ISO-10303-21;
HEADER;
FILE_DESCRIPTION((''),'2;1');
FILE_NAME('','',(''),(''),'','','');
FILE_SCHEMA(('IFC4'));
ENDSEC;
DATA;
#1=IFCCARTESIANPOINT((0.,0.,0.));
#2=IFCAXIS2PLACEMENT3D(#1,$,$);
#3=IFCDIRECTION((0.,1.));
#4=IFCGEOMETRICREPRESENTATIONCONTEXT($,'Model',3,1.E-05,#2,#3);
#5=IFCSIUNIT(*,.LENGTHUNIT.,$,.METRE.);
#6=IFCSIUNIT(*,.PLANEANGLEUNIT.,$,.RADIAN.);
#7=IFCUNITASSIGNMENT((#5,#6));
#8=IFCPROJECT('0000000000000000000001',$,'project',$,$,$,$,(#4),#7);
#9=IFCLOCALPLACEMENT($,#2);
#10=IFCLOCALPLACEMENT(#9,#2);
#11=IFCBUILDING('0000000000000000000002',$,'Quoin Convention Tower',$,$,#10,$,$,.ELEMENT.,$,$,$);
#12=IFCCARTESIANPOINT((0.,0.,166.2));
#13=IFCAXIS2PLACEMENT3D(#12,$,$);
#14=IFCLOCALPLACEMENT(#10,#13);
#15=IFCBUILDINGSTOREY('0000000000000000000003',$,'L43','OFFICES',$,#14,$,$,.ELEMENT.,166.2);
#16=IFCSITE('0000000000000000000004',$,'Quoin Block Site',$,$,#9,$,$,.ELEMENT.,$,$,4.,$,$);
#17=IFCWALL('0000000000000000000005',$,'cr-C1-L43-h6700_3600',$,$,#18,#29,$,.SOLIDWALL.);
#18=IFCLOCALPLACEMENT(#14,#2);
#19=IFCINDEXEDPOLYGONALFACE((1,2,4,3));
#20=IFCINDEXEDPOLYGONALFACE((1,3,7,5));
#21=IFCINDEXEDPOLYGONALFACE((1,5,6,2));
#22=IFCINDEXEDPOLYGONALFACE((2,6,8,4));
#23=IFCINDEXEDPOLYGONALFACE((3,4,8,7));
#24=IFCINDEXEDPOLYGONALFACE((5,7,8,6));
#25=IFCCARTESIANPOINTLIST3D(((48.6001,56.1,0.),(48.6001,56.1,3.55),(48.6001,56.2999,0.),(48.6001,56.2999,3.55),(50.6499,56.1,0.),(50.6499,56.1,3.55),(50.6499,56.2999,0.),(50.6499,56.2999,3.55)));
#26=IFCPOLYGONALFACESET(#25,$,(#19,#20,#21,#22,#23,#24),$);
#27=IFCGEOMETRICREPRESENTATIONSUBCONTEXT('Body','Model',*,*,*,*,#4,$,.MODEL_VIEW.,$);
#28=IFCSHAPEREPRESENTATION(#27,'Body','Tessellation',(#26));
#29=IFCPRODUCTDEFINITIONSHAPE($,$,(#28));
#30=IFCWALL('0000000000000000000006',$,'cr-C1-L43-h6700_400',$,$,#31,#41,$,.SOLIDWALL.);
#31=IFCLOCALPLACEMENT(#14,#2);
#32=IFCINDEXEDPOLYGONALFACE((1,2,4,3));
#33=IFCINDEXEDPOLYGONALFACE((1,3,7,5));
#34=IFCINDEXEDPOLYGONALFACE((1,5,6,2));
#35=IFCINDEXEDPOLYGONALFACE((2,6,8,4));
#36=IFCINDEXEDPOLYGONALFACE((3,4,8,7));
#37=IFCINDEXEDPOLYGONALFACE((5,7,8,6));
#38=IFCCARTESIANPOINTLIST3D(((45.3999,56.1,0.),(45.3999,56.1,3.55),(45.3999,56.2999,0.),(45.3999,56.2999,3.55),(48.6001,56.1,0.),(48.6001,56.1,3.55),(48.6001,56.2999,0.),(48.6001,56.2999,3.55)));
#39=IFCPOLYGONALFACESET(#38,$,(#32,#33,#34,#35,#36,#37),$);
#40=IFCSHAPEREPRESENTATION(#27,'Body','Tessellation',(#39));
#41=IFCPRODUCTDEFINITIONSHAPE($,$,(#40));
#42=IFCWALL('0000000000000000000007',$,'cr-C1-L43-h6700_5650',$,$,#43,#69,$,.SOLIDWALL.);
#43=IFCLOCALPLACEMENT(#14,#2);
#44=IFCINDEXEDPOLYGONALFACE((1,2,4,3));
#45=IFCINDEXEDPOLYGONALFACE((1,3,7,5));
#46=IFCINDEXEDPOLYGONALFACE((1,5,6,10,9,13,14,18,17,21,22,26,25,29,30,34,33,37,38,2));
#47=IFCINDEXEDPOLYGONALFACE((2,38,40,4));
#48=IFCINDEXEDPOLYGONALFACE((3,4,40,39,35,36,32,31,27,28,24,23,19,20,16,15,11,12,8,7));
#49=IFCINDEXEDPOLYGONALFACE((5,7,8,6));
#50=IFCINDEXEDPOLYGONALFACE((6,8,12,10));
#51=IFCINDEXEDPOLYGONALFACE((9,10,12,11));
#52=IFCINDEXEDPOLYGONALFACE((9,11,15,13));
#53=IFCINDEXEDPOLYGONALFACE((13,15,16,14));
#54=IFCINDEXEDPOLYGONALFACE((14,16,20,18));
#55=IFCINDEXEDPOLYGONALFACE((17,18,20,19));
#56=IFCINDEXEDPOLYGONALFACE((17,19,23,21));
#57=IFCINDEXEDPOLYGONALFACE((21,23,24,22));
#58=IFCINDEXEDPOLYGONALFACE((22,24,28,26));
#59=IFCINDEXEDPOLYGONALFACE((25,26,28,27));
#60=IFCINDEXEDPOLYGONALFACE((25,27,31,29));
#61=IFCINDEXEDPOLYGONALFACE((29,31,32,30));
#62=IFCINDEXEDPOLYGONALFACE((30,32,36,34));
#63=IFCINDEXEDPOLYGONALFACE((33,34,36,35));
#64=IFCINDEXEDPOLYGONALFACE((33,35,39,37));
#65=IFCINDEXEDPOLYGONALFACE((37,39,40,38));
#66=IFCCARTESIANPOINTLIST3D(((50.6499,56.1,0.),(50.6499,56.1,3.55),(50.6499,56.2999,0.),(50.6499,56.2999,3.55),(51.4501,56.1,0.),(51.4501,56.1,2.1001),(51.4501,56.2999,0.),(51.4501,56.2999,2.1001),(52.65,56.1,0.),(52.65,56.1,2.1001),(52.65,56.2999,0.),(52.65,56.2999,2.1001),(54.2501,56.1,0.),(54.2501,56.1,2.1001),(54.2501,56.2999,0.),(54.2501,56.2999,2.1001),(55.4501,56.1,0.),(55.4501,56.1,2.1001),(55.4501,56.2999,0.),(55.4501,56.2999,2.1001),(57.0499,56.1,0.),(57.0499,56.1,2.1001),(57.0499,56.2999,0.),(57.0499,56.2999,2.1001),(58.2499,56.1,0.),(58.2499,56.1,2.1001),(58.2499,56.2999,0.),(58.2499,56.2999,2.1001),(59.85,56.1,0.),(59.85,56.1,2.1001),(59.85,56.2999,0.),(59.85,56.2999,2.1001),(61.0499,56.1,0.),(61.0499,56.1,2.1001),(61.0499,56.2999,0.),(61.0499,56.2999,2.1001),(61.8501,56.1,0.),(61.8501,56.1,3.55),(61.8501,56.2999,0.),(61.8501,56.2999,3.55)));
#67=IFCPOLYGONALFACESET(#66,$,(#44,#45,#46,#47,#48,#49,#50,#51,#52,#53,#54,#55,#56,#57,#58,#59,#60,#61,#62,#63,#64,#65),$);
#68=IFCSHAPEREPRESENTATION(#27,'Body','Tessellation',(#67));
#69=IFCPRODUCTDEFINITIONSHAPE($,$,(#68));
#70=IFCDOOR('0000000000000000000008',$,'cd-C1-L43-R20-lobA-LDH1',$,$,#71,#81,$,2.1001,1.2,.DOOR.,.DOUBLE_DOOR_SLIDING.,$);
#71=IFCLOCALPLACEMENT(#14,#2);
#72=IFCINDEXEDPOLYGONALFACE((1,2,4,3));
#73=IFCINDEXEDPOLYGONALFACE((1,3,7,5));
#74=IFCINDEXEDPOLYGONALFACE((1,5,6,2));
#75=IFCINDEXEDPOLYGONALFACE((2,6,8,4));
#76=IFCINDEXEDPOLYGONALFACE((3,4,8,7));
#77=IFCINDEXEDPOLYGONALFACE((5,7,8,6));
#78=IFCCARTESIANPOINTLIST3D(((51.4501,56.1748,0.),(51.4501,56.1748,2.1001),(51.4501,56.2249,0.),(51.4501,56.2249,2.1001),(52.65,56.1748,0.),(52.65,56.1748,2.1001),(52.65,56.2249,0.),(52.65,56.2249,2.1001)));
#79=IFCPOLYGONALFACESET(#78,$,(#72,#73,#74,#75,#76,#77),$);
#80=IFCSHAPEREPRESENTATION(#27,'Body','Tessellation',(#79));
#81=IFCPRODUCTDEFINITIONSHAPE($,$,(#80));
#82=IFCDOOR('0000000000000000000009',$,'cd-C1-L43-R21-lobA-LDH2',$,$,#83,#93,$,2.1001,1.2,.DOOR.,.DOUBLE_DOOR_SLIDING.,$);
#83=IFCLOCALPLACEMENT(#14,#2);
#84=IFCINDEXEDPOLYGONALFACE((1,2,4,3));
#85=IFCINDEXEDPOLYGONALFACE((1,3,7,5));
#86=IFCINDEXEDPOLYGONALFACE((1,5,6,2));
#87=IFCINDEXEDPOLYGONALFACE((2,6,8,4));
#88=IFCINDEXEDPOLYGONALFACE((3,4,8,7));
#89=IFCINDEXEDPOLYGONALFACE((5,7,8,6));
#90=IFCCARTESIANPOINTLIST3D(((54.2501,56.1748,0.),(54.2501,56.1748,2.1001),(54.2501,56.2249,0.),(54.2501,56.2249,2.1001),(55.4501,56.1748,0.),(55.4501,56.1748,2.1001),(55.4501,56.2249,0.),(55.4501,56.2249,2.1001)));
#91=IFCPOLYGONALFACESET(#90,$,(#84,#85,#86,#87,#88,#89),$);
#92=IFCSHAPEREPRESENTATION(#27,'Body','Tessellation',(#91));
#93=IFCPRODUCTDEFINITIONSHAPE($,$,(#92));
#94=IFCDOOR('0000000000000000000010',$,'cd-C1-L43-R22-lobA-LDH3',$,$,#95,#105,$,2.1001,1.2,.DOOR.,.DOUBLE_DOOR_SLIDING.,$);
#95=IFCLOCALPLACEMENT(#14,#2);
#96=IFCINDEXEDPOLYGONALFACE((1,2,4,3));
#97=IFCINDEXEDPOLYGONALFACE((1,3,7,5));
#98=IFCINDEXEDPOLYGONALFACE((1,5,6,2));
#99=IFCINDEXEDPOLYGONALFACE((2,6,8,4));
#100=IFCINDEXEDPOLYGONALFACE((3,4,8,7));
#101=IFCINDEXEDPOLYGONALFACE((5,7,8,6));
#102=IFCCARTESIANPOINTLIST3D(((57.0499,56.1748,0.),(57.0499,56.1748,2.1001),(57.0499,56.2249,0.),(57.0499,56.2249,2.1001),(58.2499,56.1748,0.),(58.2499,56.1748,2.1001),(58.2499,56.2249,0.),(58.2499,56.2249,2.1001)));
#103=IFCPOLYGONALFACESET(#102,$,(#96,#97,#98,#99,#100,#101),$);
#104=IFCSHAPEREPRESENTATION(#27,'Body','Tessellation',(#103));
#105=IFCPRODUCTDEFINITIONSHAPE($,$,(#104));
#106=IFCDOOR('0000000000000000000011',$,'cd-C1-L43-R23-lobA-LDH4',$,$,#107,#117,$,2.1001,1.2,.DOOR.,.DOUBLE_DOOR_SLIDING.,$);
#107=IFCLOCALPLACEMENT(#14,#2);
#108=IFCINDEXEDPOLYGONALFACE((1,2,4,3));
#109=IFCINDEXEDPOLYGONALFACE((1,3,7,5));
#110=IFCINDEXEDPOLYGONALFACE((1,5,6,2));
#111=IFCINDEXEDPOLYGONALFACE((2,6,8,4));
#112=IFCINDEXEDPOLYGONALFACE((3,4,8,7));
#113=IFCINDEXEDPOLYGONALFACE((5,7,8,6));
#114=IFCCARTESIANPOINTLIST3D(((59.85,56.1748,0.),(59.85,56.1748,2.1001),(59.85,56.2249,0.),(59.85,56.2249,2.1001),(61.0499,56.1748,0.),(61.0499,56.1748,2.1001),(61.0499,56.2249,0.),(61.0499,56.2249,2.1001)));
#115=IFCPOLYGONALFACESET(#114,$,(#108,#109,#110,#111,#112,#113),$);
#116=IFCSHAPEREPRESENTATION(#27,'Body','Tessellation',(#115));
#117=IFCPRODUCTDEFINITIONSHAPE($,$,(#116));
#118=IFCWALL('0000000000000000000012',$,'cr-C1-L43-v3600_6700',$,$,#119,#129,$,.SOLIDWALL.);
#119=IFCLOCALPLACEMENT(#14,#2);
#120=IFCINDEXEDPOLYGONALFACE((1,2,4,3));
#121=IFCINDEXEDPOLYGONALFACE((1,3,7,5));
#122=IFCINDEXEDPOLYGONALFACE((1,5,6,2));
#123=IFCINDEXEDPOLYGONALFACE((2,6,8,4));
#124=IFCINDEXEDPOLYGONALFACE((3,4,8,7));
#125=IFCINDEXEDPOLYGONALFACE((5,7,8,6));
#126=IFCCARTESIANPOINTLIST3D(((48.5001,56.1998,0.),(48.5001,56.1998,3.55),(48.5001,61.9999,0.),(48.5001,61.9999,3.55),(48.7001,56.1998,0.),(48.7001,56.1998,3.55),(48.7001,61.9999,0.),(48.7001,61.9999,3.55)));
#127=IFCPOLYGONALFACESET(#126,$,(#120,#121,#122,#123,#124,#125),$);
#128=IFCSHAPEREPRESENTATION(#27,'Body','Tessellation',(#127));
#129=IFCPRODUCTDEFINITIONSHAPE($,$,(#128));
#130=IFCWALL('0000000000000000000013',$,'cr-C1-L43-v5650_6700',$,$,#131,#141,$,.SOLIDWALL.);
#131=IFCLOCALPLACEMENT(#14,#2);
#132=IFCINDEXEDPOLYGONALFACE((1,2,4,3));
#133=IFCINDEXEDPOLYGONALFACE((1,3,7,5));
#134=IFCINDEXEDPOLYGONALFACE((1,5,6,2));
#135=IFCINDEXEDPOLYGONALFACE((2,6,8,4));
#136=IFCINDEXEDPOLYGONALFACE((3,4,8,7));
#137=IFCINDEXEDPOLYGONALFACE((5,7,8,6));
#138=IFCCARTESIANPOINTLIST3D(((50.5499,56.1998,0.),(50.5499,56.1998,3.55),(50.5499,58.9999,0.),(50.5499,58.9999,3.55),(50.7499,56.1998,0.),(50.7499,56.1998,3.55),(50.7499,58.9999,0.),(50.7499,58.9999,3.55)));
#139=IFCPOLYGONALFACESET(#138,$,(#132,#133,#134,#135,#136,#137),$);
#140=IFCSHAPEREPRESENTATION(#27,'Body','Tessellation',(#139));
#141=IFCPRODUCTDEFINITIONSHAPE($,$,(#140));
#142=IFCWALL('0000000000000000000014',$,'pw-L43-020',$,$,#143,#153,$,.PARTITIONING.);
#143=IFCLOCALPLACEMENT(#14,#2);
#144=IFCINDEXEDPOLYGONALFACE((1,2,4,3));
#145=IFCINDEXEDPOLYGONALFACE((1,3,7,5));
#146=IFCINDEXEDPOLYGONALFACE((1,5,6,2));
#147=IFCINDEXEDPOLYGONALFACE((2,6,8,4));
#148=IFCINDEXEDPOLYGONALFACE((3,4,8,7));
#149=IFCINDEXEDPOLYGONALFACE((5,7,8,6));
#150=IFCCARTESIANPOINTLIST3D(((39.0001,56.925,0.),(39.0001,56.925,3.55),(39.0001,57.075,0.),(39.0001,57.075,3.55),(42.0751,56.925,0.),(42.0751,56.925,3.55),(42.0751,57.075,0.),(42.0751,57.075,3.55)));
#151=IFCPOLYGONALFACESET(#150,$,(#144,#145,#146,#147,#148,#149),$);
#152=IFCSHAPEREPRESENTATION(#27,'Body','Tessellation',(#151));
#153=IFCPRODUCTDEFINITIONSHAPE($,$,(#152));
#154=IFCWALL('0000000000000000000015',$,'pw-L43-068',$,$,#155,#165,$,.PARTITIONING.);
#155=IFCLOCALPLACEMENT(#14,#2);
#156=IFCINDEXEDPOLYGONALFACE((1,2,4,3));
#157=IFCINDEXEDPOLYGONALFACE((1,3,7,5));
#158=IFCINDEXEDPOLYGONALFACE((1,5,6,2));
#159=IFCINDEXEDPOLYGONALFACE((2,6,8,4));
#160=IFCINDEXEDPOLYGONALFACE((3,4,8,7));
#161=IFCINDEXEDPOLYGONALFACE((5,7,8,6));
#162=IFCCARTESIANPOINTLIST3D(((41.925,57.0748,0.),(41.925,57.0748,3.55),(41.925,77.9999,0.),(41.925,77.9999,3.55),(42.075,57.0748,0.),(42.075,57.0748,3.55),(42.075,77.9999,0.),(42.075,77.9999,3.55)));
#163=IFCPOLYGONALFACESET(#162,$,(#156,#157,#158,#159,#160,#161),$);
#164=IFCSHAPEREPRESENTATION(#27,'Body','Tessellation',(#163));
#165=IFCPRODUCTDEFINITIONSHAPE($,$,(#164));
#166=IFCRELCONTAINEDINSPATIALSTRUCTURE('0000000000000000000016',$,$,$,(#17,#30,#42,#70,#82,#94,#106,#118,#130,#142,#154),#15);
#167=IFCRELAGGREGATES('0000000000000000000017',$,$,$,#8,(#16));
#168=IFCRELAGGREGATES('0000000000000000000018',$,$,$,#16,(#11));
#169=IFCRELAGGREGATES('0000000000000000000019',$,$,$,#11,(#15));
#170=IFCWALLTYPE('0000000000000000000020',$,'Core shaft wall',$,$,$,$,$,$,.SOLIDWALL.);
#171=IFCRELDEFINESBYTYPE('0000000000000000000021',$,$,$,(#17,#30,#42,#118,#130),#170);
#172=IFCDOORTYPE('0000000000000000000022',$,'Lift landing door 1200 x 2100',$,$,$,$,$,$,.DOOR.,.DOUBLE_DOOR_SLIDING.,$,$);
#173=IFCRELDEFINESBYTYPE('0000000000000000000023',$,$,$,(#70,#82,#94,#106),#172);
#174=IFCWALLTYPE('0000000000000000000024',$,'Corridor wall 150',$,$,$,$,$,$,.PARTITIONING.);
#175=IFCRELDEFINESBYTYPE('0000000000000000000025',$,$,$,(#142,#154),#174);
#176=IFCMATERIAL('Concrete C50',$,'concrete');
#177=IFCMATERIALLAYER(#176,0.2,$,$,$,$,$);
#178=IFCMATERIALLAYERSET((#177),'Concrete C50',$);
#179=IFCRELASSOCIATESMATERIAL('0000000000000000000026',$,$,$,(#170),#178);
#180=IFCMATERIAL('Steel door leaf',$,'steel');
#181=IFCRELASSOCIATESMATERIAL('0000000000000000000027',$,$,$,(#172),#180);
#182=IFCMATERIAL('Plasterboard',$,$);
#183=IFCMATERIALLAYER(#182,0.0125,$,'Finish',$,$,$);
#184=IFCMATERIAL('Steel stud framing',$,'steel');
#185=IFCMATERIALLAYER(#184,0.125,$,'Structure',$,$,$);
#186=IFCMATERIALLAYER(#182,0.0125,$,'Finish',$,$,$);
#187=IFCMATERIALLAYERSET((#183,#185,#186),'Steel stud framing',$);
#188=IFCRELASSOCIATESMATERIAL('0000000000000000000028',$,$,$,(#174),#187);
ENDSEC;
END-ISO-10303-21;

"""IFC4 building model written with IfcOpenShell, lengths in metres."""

from ifc_helpers import new_model, si_unit, direction, frame, frame_2d, origin, place, context, subcontext, project, spatial, rectangle, extrude, material, layer, layer_set, type_object, element, fill, save


model = new_model("IFC4")

# Units and contexts
model_context = context("Model", 3, precision=1e-05, world=origin(), true_north=direction((0.0, 1.0)))
body_context = subcontext(model_context, "Body", "Model", "MODEL_VIEW")
ifc_project = project(units=[si_unit("LENGTHUNIT", "METRE"), si_unit("PLANEANGLEUNIT", "RADIAN")], contexts=[model_context])

# Site, building, storey
site_placement = place(None, origin())
site = spatial("IfcSite", under=ifc_project, at=site_placement, Name="Quoin Block Site", CompositionType="ELEMENT", RefElevation=4.0)
building_placement = place(site_placement, origin())
building = spatial("IfcBuilding", under=site, at=building_placement, Name="Quoin Convention Tower", CompositionType="ELEMENT")
storey_placement = place(building_placement, frame((0.0, 0.0, 166.2)))
storey = spatial("IfcBuildingStorey", under=building, at=storey_placement, Name="L43", Description="OFFICES", CompositionType="ELEMENT", Elevation=166.2)

# Walls
ifc_material_1 = material(Name="Concrete C50", Category="concrete")
ifc_layer_1 = layer(ifc_material_1, 0.2)
ifc_layer_set_1 = layer_set([ifc_layer_1], Name="Concrete C50")
wall_type_1 = type_object("IfcWallType", Name="Core shaft wall", PredefinedType="SOLIDWALL", material=ifc_layer_set_1)
wall_1_placement = place(storey_placement, frame((48.6001, 56.2, 0.0), z_axis=(0.0, 0.0, 1.0), x_axis=(1.0, 0.0, 0.0)))
element("IfcWall", 1, at=wall_1_placement, inside=storey, type_object=wall_type_1, Name="cr-C1-L43-h6700_3600", PredefinedType="SOLIDWALL", context=body_context, shape_type="SweptSolid", body=[
    extrude(rectangle(XDim=2.0498, YDim=0.2, at=frame_2d((1.0249, 0.0))), origin(), (0.0, 0.0, 1.0), 3.55),
])
wall_2_placement = place(storey_placement, frame((45.3999, 56.2, 0.0), z_axis=(0.0, 0.0, 1.0), x_axis=(1.0, 0.0, 0.0)))
element("IfcWall", 2, at=wall_2_placement, inside=storey, type_object=wall_type_1, Name="cr-C1-L43-h6700_400", PredefinedType="SOLIDWALL", context=body_context, shape_type="SweptSolid", body=[
    extrude(rectangle(XDim=3.2002, YDim=0.2, at=frame_2d((1.6001, 0.0))), origin(), (0.0, 0.0, 1.0), 3.55),
])

# Wall, openings, doors
wall_3_placement = place(storey_placement, frame((50.6499, 56.2, 0.0), z_axis=(0.0, 0.0, 1.0), x_axis=(1.0, 0.0, 0.0)))
wall_3 = element("IfcWall", 3, at=wall_3_placement, inside=storey, type_object=wall_type_1, Name="cr-C1-L43-h6700_5650", PredefinedType="SOLIDWALL", context=body_context, shape_type="SweptSolid", body=[
    extrude(rectangle(XDim=11.2002, YDim=0.2, at=frame_2d((5.6001, 0.0))), origin(), (0.0, 0.0, 1.0), 3.55),
])
opening_1_placement = place(wall_3_placement, frame((0.8, 0.0, 0.0)))
opening_1 = element("IfcOpeningElement", 4, at=opening_1_placement, cuts=wall_3, PredefinedType="OPENING", context=body_context, shape_type="SweptSolid", body=[
    extrude(rectangle(XDim=1.2, YDim=2.1001, at=frame_2d((0.6001, 1.05))), frame((0.0, 0.1099, 0.0), z_axis=(0.0, -1.0, 0.0), x_axis=(1.0, 0.0, 0.0)), (0.0, 0.0, 1.0), 0.22),
])
opening_2_placement = place(wall_3_placement, frame((3.6001, 0.0, 0.0)))
opening_2 = element("IfcOpeningElement", 5, at=opening_2_placement, cuts=wall_3, PredefinedType="OPENING", context=body_context, shape_type="SweptSolid", body=[
    extrude(rectangle(XDim=1.2, YDim=2.1001, at=frame_2d((0.6001, 1.05))), frame((0.0, 0.1099, 0.0), z_axis=(0.0, -1.0, 0.0), x_axis=(1.0, 0.0, 0.0)), (0.0, 0.0, 1.0), 0.22),
])
opening_3_placement = place(wall_3_placement, frame((6.3999, 0.0, 0.0)))
opening_3 = element("IfcOpeningElement", 6, at=opening_3_placement, cuts=wall_3, PredefinedType="OPENING", context=body_context, shape_type="SweptSolid", body=[
    extrude(rectangle(XDim=1.2, YDim=2.1001, at=frame_2d((0.6001, 1.05))), frame((0.0, 0.1099, 0.0), z_axis=(0.0, -1.0, 0.0), x_axis=(1.0, 0.0, 0.0)), (0.0, 0.0, 1.0), 0.22),
])
opening_4_placement = place(wall_3_placement, frame((9.2, 0.0, 0.0)))
opening_4 = element("IfcOpeningElement", 7, at=opening_4_placement, cuts=wall_3, PredefinedType="OPENING", context=body_context, shape_type="SweptSolid", body=[
    extrude(rectangle(XDim=1.2, YDim=2.1001, at=frame_2d((0.6001, 1.05))), frame((0.0, 0.1099, 0.0), z_axis=(0.0, -1.0, 0.0), x_axis=(1.0, 0.0, 0.0)), (0.0, 0.0, 1.0), 0.22),
])
ifc_material_2 = material(Name="Steel door leaf", Category="steel")
door_type = type_object("IfcDoorType", Name="Lift landing door 1200 x 2100", OperationType="DOUBLE_DOOR_SLIDING", PredefinedType="DOOR", material=ifc_material_2)
door_1_placement = place(opening_1_placement, origin())
door_1 = element("IfcDoor", 8, at=door_1_placement, inside=storey, type_object=door_type, Name="cd-C1-L43-R20-lobA-LDH1", OperationType="DOUBLE_DOOR_SLIDING", OverallHeight=2.1001, OverallWidth=1.2, PredefinedType="DOOR", context=body_context, shape_type="SweptSolid", body=[
    extrude(rectangle(XDim=1.2, YDim=2.1001, at=frame_2d((0.6001, 1.05))), frame((0.0, 0.0249, 0.0), z_axis=(0.0, -1.0, 0.0), x_axis=(1.0, 0.0, 0.0)), (0.0, 0.0, 1.0), 0.05),
])
fill(opening_1, door_1)
door_2_placement = place(opening_2_placement, origin())
door_2 = element("IfcDoor", 9, at=door_2_placement, inside=storey, type_object=door_type, Name="cd-C1-L43-R21-lobA-LDH2", OperationType="DOUBLE_DOOR_SLIDING", OverallHeight=2.1001, OverallWidth=1.2, PredefinedType="DOOR", context=body_context, shape_type="SweptSolid", body=[
    extrude(rectangle(XDim=1.2, YDim=2.1001, at=frame_2d((0.6001, 1.05))), frame((0.0, 0.0249, 0.0), z_axis=(0.0, -1.0, 0.0), x_axis=(1.0, 0.0, 0.0)), (0.0, 0.0, 1.0), 0.05),
])
fill(opening_2, door_2)
door_3_placement = place(opening_3_placement, origin())
door_3 = element("IfcDoor", 10, at=door_3_placement, inside=storey, type_object=door_type, Name="cd-C1-L43-R22-lobA-LDH3", OperationType="DOUBLE_DOOR_SLIDING", OverallHeight=2.1001, OverallWidth=1.2, PredefinedType="DOOR", context=body_context, shape_type="SweptSolid", body=[
    extrude(rectangle(XDim=1.2, YDim=2.1001, at=frame_2d((0.6001, 1.05))), frame((0.0, 0.0249, 0.0), z_axis=(0.0, -1.0, 0.0), x_axis=(1.0, 0.0, 0.0)), (0.0, 0.0, 1.0), 0.05),
])
fill(opening_3, door_3)
door_4_placement = place(opening_4_placement, origin())
door_4 = element("IfcDoor", 11, at=door_4_placement, inside=storey, type_object=door_type, Name="cd-C1-L43-R23-lobA-LDH4", OperationType="DOUBLE_DOOR_SLIDING", OverallHeight=2.1001, OverallWidth=1.2, PredefinedType="DOOR", context=body_context, shape_type="SweptSolid", body=[
    extrude(rectangle(XDim=1.2, YDim=2.1001, at=frame_2d((0.6001, 1.05))), frame((0.0, 0.0249, 0.0), z_axis=(0.0, -1.0, 0.0), x_axis=(1.0, 0.0, 0.0)), (0.0, 0.0, 1.0), 0.05),
])
fill(opening_4, door_4)

# Walls
wall_4_placement = place(storey_placement, frame((48.6001, 56.2, 0.0), z_axis=(0.0, 0.0, 1.0), x_axis=(0.0, 1.0, 0.0)))
element("IfcWall", 12, at=wall_4_placement, inside=storey, type_object=wall_type_1, Name="cr-C1-L43-v3600_6700", PredefinedType="SOLIDWALL", context=body_context, shape_type="SweptSolid", body=[
    extrude(rectangle(XDim=5.8, YDim=0.2, at=frame_2d((2.8999, 0.0))), origin(), (0.0, 0.0, 1.0), 3.55),
])
wall_5_placement = place(storey_placement, frame((50.6499, 56.2, 0.0), z_axis=(0.0, 0.0, 1.0), x_axis=(0.0, 1.0, 0.0)))
element("IfcWall", 13, at=wall_5_placement, inside=storey, type_object=wall_type_1, Name="cr-C1-L43-v5650_6700", PredefinedType="SOLIDWALL", context=body_context, shape_type="SweptSolid", body=[
    extrude(rectangle(XDim=2.8, YDim=0.2, at=frame_2d((1.3999, 0.0))), origin(), (0.0, 0.0, 1.0), 3.55),
])
ifc_material_3 = material(Name="Plasterboard")
ifc_layer_2 = layer(ifc_material_3, 0.0125, Name="Finish")
ifc_material_4 = material(Name="Steel stud framing", Category="steel")
ifc_layer_3 = layer(ifc_material_4, 0.125, Name="Structure")
ifc_layer_4 = layer(ifc_material_3, 0.0125, Name="Finish")
ifc_layer_set_2 = layer_set([ifc_layer_2, ifc_layer_3, ifc_layer_4], Name="Steel stud framing")
wall_type_2 = type_object("IfcWallType", Name="Corridor wall 150", PredefinedType="PARTITIONING", material=ifc_layer_set_2)
wall_6_placement = place(storey_placement, frame((39.0, 57.0, 0.0), z_axis=(0.0, 0.0, 1.0), x_axis=(1.0, 0.0, 0.0)))
element("IfcWall", 14, at=wall_6_placement, inside=storey, type_object=wall_type_2, Name="pw-L43-020", PredefinedType="PARTITIONING", context=body_context, shape_type="SweptSolid", body=[
    extrude(rectangle(XDim=3.075, YDim=0.1499, at=frame_2d((1.5376, 0.0))), origin(), (0.0, 0.0, 1.0), 3.55),
])
wall_7_placement = place(storey_placement, frame((42.0, 57.075, 0.0), z_axis=(0.0, 0.0, 1.0), x_axis=(0.0, 1.0, 0.0)))
element("IfcWall", 15, at=wall_7_placement, inside=storey, type_object=wall_type_2, Name="pw-L43-068", PredefinedType="PARTITIONING", context=body_context, shape_type="SweptSolid", body=[
    extrude(rectangle(XDim=20.925, YDim=0.1499, at=frame_2d((10.4624, 0.0))), origin(), (0.0, 0.0, 1.0), 3.55),
])

save(model, "model.ifc")
